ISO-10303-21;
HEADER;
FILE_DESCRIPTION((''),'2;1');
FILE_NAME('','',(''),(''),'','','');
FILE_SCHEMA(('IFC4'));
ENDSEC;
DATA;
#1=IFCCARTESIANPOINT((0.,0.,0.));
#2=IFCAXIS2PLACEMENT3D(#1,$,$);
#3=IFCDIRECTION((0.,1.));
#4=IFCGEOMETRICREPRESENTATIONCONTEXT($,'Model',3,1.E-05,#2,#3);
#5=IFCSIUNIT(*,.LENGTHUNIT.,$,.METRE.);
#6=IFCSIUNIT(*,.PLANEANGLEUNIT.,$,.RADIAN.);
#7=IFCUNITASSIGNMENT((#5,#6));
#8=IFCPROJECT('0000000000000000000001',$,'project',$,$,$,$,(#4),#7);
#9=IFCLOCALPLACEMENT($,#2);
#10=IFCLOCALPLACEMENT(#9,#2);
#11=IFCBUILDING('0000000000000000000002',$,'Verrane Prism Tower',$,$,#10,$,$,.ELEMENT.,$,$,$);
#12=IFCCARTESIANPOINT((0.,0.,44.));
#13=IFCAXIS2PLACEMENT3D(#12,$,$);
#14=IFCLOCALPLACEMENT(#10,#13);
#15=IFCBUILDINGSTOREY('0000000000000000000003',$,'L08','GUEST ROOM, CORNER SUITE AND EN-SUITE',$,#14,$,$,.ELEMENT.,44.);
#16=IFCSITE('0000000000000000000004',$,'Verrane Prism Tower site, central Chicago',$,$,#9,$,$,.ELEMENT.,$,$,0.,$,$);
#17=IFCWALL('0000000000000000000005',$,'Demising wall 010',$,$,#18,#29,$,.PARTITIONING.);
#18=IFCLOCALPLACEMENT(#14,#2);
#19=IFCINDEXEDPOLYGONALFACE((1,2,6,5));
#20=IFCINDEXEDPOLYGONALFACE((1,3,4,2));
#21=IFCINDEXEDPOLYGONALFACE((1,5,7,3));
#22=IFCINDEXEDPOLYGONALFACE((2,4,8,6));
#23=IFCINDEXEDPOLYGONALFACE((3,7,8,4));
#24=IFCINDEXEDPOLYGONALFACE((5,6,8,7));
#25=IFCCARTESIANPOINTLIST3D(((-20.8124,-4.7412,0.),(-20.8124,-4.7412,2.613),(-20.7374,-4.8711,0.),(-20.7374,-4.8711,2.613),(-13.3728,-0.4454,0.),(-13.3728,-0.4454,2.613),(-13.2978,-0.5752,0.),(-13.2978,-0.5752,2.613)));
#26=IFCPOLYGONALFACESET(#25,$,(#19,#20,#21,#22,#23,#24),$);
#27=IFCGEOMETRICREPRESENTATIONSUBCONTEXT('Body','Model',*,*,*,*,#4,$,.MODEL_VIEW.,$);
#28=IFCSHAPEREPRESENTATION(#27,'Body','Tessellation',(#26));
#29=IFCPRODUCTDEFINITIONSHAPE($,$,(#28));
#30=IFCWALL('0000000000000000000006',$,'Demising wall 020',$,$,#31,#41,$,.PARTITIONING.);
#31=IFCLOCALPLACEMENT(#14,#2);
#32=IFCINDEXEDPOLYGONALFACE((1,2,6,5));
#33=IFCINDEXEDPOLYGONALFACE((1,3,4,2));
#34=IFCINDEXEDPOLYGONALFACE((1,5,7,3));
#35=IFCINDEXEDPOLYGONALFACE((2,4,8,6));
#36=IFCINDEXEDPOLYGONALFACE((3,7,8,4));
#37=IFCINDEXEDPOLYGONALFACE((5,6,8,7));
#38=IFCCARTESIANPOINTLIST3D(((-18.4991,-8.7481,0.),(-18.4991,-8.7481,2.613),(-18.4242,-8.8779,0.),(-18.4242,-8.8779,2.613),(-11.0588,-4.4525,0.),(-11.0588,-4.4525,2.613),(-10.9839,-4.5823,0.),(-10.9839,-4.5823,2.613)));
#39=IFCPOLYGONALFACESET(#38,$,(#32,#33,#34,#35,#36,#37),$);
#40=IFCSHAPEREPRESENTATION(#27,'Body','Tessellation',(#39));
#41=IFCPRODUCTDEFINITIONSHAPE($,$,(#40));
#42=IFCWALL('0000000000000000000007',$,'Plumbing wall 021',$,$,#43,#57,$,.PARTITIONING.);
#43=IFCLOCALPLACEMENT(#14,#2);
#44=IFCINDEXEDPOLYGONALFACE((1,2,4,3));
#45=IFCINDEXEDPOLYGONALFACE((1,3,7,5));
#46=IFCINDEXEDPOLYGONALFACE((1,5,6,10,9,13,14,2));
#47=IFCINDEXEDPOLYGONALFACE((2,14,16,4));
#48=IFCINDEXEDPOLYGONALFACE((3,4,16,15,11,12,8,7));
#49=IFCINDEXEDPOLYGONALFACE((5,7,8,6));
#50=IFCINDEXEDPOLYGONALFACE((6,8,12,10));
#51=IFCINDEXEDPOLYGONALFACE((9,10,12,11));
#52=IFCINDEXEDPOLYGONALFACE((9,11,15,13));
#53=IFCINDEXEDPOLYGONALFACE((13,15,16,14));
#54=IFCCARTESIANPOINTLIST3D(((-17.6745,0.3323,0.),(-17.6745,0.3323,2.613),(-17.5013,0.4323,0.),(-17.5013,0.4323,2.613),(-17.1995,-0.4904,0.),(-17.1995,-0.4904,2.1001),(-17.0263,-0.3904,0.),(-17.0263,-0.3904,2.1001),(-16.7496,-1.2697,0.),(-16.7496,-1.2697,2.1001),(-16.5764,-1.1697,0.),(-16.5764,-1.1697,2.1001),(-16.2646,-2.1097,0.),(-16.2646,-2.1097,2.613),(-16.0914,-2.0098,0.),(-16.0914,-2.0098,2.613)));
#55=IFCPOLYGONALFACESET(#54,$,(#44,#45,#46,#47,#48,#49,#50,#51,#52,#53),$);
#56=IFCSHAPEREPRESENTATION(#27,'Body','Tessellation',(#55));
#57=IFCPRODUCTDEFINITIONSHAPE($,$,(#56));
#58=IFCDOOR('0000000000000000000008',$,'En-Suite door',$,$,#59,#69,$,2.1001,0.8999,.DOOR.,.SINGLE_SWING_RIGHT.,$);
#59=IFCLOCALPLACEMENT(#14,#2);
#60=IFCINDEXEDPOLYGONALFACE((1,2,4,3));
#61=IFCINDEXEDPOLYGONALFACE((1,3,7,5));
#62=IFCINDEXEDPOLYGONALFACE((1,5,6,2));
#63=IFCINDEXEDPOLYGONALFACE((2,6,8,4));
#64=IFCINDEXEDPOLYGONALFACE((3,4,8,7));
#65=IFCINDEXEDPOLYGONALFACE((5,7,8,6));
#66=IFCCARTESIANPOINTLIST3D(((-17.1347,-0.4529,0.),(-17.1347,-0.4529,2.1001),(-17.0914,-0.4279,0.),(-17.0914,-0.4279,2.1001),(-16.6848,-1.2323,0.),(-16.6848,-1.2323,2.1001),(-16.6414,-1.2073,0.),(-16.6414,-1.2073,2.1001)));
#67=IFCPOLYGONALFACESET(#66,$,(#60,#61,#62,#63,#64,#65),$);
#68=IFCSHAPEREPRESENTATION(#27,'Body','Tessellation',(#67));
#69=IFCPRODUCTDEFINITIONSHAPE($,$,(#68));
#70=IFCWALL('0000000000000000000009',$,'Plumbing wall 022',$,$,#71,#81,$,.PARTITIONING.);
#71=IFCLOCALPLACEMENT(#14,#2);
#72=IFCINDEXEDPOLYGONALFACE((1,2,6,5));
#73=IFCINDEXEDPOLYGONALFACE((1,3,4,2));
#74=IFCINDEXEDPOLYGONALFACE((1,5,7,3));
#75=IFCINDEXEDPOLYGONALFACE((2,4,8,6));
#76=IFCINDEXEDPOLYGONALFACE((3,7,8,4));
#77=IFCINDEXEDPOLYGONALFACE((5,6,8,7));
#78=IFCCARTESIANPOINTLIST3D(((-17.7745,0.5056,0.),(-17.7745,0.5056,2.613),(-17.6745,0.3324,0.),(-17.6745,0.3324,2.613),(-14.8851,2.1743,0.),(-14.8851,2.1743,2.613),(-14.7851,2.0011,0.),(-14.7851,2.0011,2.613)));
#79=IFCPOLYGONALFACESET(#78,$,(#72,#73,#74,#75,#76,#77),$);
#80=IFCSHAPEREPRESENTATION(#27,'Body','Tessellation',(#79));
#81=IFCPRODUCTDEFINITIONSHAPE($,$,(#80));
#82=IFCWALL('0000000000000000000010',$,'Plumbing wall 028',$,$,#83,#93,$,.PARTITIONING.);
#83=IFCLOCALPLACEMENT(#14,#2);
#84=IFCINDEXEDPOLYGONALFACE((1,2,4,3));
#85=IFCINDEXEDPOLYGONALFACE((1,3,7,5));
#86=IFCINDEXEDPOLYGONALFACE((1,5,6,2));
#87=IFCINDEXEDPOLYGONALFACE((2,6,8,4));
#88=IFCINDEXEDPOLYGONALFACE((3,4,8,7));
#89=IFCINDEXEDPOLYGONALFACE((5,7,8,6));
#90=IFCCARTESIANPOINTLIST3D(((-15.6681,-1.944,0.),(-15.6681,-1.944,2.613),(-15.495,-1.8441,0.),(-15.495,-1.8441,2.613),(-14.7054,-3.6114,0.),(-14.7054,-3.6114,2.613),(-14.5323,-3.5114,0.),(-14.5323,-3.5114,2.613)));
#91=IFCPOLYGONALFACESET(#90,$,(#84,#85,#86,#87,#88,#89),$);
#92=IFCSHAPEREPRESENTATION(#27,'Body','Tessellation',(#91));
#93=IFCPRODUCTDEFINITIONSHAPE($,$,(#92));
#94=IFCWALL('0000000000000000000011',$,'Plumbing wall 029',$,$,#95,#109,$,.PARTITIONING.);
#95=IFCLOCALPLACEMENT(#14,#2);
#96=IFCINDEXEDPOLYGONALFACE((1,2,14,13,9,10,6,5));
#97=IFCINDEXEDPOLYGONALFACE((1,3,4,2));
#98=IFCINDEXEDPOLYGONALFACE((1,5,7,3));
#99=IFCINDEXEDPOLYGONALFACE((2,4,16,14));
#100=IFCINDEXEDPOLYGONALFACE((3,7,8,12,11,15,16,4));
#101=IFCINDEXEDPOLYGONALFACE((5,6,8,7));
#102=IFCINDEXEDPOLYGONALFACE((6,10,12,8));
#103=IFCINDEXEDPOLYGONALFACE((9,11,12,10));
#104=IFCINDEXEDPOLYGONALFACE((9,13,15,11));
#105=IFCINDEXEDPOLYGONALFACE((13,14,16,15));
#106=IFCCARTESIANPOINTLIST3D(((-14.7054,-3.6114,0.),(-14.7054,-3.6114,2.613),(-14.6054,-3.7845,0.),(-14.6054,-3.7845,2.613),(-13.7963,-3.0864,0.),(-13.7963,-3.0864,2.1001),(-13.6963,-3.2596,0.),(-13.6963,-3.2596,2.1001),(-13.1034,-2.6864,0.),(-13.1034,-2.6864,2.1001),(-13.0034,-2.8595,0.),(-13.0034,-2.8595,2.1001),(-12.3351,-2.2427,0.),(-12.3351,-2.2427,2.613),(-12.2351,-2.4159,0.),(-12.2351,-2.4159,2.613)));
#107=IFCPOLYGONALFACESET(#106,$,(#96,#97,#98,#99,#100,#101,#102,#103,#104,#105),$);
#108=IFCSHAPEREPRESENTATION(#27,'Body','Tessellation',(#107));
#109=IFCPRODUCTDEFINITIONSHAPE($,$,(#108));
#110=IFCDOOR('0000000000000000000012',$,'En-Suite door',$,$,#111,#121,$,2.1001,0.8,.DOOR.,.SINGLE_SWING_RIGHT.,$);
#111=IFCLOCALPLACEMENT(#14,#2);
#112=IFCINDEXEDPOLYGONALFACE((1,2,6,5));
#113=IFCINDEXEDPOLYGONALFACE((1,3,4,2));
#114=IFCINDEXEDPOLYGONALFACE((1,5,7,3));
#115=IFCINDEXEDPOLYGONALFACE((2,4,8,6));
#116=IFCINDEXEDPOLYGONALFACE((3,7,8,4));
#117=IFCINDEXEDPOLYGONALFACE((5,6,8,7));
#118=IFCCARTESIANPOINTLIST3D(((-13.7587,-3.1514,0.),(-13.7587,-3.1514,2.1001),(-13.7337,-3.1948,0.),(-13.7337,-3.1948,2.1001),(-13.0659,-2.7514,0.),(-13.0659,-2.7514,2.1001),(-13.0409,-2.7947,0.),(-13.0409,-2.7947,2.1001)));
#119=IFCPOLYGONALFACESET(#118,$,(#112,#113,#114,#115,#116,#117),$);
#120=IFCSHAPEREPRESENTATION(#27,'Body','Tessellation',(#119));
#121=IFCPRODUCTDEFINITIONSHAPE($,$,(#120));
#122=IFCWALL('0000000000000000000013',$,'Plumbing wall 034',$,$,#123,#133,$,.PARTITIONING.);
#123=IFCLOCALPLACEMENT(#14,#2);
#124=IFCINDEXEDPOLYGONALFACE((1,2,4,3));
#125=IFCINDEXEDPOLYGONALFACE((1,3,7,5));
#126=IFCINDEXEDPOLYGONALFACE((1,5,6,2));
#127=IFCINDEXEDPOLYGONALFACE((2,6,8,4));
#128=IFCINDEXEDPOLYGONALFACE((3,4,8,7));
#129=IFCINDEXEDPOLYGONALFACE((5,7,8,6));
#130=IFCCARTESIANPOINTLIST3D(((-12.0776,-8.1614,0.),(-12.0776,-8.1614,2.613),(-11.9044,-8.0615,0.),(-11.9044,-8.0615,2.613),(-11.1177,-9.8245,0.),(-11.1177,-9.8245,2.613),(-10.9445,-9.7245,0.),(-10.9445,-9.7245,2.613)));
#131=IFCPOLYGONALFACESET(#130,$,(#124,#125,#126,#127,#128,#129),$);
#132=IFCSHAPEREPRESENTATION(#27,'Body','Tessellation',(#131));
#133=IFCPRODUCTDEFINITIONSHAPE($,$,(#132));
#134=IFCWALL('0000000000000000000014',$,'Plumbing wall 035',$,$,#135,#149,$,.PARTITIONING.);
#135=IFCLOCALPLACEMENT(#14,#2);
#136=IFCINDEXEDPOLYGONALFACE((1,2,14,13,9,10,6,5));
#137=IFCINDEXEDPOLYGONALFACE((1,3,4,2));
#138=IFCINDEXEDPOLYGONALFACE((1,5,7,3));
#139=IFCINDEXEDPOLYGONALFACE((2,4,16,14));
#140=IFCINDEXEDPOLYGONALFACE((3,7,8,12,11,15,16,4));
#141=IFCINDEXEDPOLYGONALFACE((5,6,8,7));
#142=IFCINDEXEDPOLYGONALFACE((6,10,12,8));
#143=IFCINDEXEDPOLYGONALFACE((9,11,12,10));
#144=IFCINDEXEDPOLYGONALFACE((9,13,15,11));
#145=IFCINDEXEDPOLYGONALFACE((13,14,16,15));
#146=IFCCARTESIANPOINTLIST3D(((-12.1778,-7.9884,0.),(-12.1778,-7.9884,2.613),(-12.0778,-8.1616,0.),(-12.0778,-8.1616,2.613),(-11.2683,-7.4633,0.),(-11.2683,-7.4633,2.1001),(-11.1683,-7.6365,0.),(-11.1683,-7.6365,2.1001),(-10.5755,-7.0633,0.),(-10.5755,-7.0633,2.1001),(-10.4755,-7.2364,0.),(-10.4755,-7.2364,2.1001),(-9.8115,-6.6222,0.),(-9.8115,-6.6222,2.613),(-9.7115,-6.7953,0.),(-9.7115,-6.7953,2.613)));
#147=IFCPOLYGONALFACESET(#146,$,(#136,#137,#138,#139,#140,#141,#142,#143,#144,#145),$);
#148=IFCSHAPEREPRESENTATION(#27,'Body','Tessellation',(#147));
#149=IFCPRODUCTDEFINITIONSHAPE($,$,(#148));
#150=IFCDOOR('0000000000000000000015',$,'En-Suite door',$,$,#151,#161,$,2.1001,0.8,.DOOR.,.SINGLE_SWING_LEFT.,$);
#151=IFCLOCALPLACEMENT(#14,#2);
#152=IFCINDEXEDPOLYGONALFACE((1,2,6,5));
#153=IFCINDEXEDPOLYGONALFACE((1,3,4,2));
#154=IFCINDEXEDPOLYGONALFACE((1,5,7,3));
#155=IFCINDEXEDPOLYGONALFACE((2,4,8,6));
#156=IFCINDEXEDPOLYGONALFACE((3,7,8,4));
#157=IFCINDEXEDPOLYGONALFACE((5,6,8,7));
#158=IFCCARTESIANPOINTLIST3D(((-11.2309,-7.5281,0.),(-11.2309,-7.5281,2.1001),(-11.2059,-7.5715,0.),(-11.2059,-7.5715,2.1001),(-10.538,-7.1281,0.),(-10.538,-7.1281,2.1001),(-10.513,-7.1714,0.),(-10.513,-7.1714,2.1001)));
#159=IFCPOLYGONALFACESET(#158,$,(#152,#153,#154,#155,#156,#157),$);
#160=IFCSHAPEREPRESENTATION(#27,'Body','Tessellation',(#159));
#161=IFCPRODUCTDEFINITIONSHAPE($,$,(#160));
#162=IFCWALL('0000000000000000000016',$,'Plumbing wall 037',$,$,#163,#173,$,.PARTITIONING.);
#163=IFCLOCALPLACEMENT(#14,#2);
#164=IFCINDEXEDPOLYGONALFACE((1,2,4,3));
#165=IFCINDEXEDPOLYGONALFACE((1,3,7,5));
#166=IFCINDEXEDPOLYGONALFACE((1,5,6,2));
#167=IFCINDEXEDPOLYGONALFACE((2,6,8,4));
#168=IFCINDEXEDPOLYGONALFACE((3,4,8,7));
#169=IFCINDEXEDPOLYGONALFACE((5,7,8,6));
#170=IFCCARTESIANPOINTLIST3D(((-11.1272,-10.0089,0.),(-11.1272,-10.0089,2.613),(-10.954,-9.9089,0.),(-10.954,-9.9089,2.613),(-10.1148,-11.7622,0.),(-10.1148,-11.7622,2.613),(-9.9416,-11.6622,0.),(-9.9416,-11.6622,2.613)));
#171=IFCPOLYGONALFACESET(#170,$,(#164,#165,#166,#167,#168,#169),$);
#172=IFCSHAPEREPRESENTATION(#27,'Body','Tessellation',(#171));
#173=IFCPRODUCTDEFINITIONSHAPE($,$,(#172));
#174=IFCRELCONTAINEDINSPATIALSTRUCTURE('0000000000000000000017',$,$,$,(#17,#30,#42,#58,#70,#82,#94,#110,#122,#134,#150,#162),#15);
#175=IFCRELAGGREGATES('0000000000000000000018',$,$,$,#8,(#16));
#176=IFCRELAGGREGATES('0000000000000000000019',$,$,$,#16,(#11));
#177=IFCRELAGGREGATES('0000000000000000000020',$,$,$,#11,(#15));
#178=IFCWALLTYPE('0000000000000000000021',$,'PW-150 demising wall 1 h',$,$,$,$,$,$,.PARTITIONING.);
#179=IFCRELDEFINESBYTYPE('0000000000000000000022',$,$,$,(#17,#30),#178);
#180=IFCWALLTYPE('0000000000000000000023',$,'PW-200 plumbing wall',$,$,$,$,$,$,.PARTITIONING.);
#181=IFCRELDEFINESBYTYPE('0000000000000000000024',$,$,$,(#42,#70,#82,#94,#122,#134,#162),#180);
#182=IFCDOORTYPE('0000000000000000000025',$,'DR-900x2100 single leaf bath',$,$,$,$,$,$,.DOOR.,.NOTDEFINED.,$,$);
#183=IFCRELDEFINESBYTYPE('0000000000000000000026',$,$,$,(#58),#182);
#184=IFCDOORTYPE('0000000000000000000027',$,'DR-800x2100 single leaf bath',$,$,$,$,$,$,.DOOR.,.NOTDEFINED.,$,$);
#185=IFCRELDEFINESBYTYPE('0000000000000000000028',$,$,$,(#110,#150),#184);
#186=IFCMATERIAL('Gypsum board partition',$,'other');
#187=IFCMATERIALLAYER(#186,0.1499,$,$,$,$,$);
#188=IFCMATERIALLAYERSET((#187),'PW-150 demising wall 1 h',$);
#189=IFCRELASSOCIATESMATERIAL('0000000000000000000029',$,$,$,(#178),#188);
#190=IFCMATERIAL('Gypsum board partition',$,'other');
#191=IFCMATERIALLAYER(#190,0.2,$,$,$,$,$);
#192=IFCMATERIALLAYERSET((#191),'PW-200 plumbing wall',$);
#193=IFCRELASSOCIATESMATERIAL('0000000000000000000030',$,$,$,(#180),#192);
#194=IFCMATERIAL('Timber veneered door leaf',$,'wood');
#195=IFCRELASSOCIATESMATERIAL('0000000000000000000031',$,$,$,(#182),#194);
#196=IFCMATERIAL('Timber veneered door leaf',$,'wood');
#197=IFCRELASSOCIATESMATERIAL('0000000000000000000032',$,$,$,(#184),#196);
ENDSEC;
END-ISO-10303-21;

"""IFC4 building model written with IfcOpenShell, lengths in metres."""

from ifc_helpers import new_model, si_unit, direction, frame, frame_2d, origin, place, context, subcontext, project, spatial, rectangle, extrude, material, layer, layer_set, type_object, element, fill, save


model = new_model("IFC4")

# Units and contexts
model_context = context("Model", 3, precision=1e-05, world=origin(), true_north=direction((0.0, 1.0)))
body_context = subcontext(model_context, "Body", "Model", "MODEL_VIEW")
ifc_project = project(units=[si_unit("LENGTHUNIT", "METRE"), si_unit("PLANEANGLEUNIT", "RADIAN")], contexts=[model_context])

# Site, building, storey
site_placement = place(None, origin())
site = spatial("IfcSite", under=ifc_project, at=site_placement, Name="Verrane Prism Tower site, central Chicago", CompositionType="ELEMENT", RefElevation=0.0)
building_placement = place(site_placement, origin())
building = spatial("IfcBuilding", under=site, at=building_placement, Name="Verrane Prism Tower", CompositionType="ELEMENT")
storey_placement = place(building_placement, frame((0.0, 0.0, 44.0)))
storey = spatial("IfcBuildingStorey", under=building, at=storey_placement, Name="L08", Description="GUEST ROOM, CORNER SUITE AND EN-SUITE", CompositionType="ELEMENT", Elevation=44.0)

# Walls
ifc_material_1 = material(Name="Gypsum board partition", Category="other")
ifc_layer_1 = layer(ifc_material_1, 0.1499)
ifc_layer_set_1 = layer_set([ifc_layer_1], Name="PW-150 demising wall 1 h")
wall_type_1 = type_object("IfcWallType", Name="PW-150 demising wall 1 h", PredefinedType="PARTITIONING", material=ifc_layer_set_1)
wall_1_placement = place(storey_placement, frame((-20.7749, -4.8062, 0.0), z_axis=(0.0, 0.0, 1.0), x_axis=(0.865996, 0.500051, 0.0)))
element("IfcWall", 1, at=wall_1_placement, inside=storey, type_object=wall_type_1, Name="Demising wall 010", PredefinedType="PARTITIONING", context=body_context, shape_type="SweptSolid", body=[
    extrude(rectangle(XDim=8.5908, YDim=0.1499, at=frame_2d((4.2954, 0.0))), origin(), (0.0, 0.0, 1.0), 2.613),
])
wall_2_placement = place(storey_placement, frame((-18.4617, -8.813, 0.0), z_axis=(0.0, 0.0, 1.0), x_axis=(0.866029, 0.499993, 0.0)))
element("IfcWall", 2, at=wall_2_placement, inside=storey, type_object=wall_type_1, Name="Demising wall 020", PredefinedType="PARTITIONING", context=body_context, shape_type="SweptSolid", body=[
    extrude(rectangle(XDim=8.5913, YDim=0.1499, at=frame_2d((4.2957, 0.0))), origin(), (0.0, 0.0, 1.0), 2.613),
])

# Wall, opening, door
ifc_material_2 = material(Name="Gypsum board partition", Category="other")
ifc_layer_2 = layer(ifc_material_2, 0.2)
ifc_layer_set_2 = layer_set([ifc_layer_2], Name="PW-200 plumbing wall")
wall_type_2 = type_object("IfcWallType", Name="PW-200 plumbing wall", PredefinedType="PARTITIONING", material=ifc_layer_set_2)
wall_3_placement = place(storey_placement, frame((-17.5879, 0.3823, 0.0), z_axis=(0.0, 0.0, 1.0), x_axis=(0.499985, -0.866034, 0.0)))
wall_3 = element("IfcWall", 3, at=wall_3_placement, inside=storey, type_object=wall_type_2, Name="Plumbing wall 021", PredefinedType="PARTITIONING", context=body_context, shape_type="SweptSolid", body=[
    extrude(rectangle(XDim=2.8198, YDim=0.2, at=frame_2d((1.4099, 0.0))), origin(), (0.0, 0.0, 1.0), 2.613),
])
opening_1_placement = place(wall_3_placement, frame((0.95, 0.0, 0.0)))
opening_1 = element("IfcOpeningElement", 4, at=opening_1_placement, cuts=wall_3, PredefinedType="OPENING", context=body_context, shape_type="SweptSolid", body=[
    extrude(rectangle(XDim=0.8999, YDim=2.1001, at=frame_2d((0.45, 1.05))), frame((0.0, 0.1099, 0.0), z_axis=(0.0, -1.0, 0.0), x_axis=(1.0, 0.0, 0.0)), (0.0, 0.0, 1.0), 0.22),
])
ifc_material_3 = material(Name="Timber veneered door leaf", Category="wood")
door_type_1 = type_object("IfcDoorType", Name="DR-900x2100 single leaf bath", OperationType="NOTDEFINED", PredefinedType="DOOR", material=ifc_material_3)
door_1_placement = place(opening_1_placement, origin())
door_1 = element("IfcDoor", 5, at=door_1_placement, inside=storey, type_object=door_type_1, Name="En-Suite door", OperationType="SINGLE_SWING_RIGHT", OverallHeight=2.1001, OverallWidth=0.8999, PredefinedType="DOOR", context=body_context, shape_type="SweptSolid", body=[
    extrude(rectangle(XDim=0.8999, YDim=2.1001, at=frame_2d((0.45, 1.05))), frame((0.0, 0.0249, 0.0), z_axis=(0.0, -1.0, 0.0), x_axis=(1.0, 0.0, 0.0)), (0.0, 0.0, 1.0), 0.05),
])
fill(opening_1, door_1)

# Walls
wall_4_placement = place(storey_placement, frame((-17.7246, 0.4189, 0.0), z_axis=(0.0, 0.0, 1.0), x_axis=(0.86596, 0.500113, 0.0)))
element("IfcWall", 6, at=wall_4_placement, inside=storey, type_object=wall_type_2, Name="Plumbing wall 022", PredefinedType="PARTITIONING", context=body_context, shape_type="SweptSolid", body=[
    extrude(rectangle(XDim=3.3367, YDim=0.2, at=frame_2d((1.6685, 0.0))), origin(), (0.0, 0.0, 1.0), 2.613),
])
wall_5_placement = place(storey_placement, frame((-15.5815, -1.894, 0.0), z_axis=(0.0, 0.0, 1.0), x_axis=(0.500026, -0.86601, 0.0)))
element("IfcWall", 7, at=wall_5_placement, inside=storey, type_object=wall_type_2, Name="Plumbing wall 028", PredefinedType="PARTITIONING", context=body_context, shape_type="SweptSolid", body=[
    extrude(rectangle(XDim=1.9253, YDim=0.2, at=frame_2d((0.9626, 0.0))), origin(), (0.0, 0.0, 1.0), 2.613),
])

# Wall, opening, door
wall_6_placement = place(storey_placement, frame((-14.6555, -3.698, 0.0), z_axis=(0.0, 0.0, 1.0), x_axis=(0.866006, 0.500034, 0.0)))
wall_6 = element("IfcWall", 8, at=wall_6_placement, inside=storey, type_object=wall_type_2, Name="Plumbing wall 029", PredefinedType="PARTITIONING", context=body_context, shape_type="SweptSolid", body=[
    extrude(rectangle(XDim=2.7371, YDim=0.2, at=frame_2d((1.3687, 0.0))), origin(), (0.0, 0.0, 1.0), 2.613),
])
opening_2_placement = place(wall_6_placement, frame((1.05, 0.0, 0.0)))
opening_2 = element("IfcOpeningElement", 9, at=opening_2_placement, cuts=wall_6, PredefinedType="OPENING", context=body_context, shape_type="SweptSolid", body=[
    extrude(rectangle(XDim=0.8, YDim=2.1001, at=frame_2d((0.3999, 1.05))), frame((0.0, 0.1099, 0.0), z_axis=(0.0, -1.0, 0.0), x_axis=(1.0, 0.0, 0.0)), (0.0, 0.0, 1.0), 0.22),
])
ifc_material_4 = material(Name="Timber veneered door leaf", Category="wood")
door_type_2 = type_object("IfcDoorType", Name="DR-800x2100 single leaf bath", OperationType="NOTDEFINED", PredefinedType="DOOR", material=ifc_material_4)
door_2_placement = place(opening_2_placement, origin())
door_2 = element("IfcDoor", 10, at=door_2_placement, inside=storey, type_object=door_type_2, Name="En-Suite door", OperationType="SINGLE_SWING_RIGHT", OverallHeight=2.1001, OverallWidth=0.8, PredefinedType="DOOR", context=body_context, shape_type="SweptSolid", body=[
    extrude(rectangle(XDim=0.8, YDim=2.1001, at=frame_2d((0.3999, 1.05))), frame((0.0, 0.0249, 0.0), z_axis=(0.0, -1.0, 0.0), x_axis=(1.0, 0.0, 0.0)), (0.0, 0.0, 1.0), 0.05),
])
fill(opening_2, door_2)

# Wall
wall_7_placement = place(storey_placement, frame((-11.991, -8.1116, 0.0), z_axis=(0.0, 0.0, 1.0), x_axis=(0.499913, -0.866075, 0.0)))
element("IfcWall", 11, at=wall_7_placement, inside=storey, type_object=wall_type_2, Name="Plumbing wall 034", PredefinedType="PARTITIONING", context=body_context, shape_type="SweptSolid", body=[
    extrude(rectangle(XDim=1.9202, YDim=0.2, at=frame_2d((0.96, 0.0))), origin(), (0.0, 0.0, 1.0), 2.613),
])

# Wall, opening, door
wall_8_placement = place(storey_placement, frame((-9.7615, -6.7087, 0.0), z_axis=(0.0, 0.0, 1.0), x_axis=(-0.866013, -0.500022, 0.0)))
wall_8 = element("IfcWall", 12, at=wall_8_placement, inside=storey, type_object=wall_type_2, Name="Plumbing wall 035", PredefinedType="PARTITIONING", context=body_context, shape_type="SweptSolid", body=[
    extrude(rectangle(XDim=2.7324, YDim=0.2, at=frame_2d((1.3662, 0.0))), origin(), (0.0, 0.0, 1.0), 2.613),
])
opening_3_placement = place(wall_8_placement, frame((0.8823, 0.0, 0.0)))
opening_3 = element("IfcOpeningElement", 13, at=opening_3_placement, cuts=wall_8, PredefinedType="OPENING", context=body_context, shape_type="SweptSolid", body=[
    extrude(rectangle(XDim=0.8, YDim=2.1001, at=frame_2d((0.3999, 1.05))), frame((0.0, 0.1099, 0.0), z_axis=(0.0, -1.0, 0.0), x_axis=(1.0, 0.0, 0.0)), (0.0, 0.0, 1.0), 0.22),
])
door_3_placement = place(opening_3_placement, origin())
door_3 = element("IfcDoor", 14, at=door_3_placement, inside=storey, type_object=door_type_2, Name="En-Suite door", OperationType="SINGLE_SWING_LEFT", OverallHeight=2.1001, OverallWidth=0.8, PredefinedType="DOOR", context=body_context, shape_type="SweptSolid", body=[
    extrude(rectangle(XDim=0.8, YDim=2.1001, at=frame_2d((0.3999, 1.05))), frame((0.0, 0.0249, 0.0), z_axis=(0.0, -1.0, 0.0), x_axis=(1.0, 0.0, 0.0)), (0.0, 0.0, 1.0), 0.05),
])
fill(opening_3, door_3)

# Wall
wall_9_placement = place(storey_placement, frame((-11.0405, -9.959, 0.0), z_axis=(0.0, 0.0, 1.0), x_axis=(0.500043, -0.866001, 0.0)))
element("IfcWall", 15, at=wall_9_placement, inside=storey, type_object=wall_type_2, Name="Plumbing wall 037", PredefinedType="PARTITIONING", context=body_context, shape_type="SweptSolid", body=[
    extrude(rectangle(XDim=2.0247, YDim=0.2, at=frame_2d((1.0122, 0.0))), origin(), (0.0, 0.0, 1.0), 2.613),
])

save(model, "model.ifc")
